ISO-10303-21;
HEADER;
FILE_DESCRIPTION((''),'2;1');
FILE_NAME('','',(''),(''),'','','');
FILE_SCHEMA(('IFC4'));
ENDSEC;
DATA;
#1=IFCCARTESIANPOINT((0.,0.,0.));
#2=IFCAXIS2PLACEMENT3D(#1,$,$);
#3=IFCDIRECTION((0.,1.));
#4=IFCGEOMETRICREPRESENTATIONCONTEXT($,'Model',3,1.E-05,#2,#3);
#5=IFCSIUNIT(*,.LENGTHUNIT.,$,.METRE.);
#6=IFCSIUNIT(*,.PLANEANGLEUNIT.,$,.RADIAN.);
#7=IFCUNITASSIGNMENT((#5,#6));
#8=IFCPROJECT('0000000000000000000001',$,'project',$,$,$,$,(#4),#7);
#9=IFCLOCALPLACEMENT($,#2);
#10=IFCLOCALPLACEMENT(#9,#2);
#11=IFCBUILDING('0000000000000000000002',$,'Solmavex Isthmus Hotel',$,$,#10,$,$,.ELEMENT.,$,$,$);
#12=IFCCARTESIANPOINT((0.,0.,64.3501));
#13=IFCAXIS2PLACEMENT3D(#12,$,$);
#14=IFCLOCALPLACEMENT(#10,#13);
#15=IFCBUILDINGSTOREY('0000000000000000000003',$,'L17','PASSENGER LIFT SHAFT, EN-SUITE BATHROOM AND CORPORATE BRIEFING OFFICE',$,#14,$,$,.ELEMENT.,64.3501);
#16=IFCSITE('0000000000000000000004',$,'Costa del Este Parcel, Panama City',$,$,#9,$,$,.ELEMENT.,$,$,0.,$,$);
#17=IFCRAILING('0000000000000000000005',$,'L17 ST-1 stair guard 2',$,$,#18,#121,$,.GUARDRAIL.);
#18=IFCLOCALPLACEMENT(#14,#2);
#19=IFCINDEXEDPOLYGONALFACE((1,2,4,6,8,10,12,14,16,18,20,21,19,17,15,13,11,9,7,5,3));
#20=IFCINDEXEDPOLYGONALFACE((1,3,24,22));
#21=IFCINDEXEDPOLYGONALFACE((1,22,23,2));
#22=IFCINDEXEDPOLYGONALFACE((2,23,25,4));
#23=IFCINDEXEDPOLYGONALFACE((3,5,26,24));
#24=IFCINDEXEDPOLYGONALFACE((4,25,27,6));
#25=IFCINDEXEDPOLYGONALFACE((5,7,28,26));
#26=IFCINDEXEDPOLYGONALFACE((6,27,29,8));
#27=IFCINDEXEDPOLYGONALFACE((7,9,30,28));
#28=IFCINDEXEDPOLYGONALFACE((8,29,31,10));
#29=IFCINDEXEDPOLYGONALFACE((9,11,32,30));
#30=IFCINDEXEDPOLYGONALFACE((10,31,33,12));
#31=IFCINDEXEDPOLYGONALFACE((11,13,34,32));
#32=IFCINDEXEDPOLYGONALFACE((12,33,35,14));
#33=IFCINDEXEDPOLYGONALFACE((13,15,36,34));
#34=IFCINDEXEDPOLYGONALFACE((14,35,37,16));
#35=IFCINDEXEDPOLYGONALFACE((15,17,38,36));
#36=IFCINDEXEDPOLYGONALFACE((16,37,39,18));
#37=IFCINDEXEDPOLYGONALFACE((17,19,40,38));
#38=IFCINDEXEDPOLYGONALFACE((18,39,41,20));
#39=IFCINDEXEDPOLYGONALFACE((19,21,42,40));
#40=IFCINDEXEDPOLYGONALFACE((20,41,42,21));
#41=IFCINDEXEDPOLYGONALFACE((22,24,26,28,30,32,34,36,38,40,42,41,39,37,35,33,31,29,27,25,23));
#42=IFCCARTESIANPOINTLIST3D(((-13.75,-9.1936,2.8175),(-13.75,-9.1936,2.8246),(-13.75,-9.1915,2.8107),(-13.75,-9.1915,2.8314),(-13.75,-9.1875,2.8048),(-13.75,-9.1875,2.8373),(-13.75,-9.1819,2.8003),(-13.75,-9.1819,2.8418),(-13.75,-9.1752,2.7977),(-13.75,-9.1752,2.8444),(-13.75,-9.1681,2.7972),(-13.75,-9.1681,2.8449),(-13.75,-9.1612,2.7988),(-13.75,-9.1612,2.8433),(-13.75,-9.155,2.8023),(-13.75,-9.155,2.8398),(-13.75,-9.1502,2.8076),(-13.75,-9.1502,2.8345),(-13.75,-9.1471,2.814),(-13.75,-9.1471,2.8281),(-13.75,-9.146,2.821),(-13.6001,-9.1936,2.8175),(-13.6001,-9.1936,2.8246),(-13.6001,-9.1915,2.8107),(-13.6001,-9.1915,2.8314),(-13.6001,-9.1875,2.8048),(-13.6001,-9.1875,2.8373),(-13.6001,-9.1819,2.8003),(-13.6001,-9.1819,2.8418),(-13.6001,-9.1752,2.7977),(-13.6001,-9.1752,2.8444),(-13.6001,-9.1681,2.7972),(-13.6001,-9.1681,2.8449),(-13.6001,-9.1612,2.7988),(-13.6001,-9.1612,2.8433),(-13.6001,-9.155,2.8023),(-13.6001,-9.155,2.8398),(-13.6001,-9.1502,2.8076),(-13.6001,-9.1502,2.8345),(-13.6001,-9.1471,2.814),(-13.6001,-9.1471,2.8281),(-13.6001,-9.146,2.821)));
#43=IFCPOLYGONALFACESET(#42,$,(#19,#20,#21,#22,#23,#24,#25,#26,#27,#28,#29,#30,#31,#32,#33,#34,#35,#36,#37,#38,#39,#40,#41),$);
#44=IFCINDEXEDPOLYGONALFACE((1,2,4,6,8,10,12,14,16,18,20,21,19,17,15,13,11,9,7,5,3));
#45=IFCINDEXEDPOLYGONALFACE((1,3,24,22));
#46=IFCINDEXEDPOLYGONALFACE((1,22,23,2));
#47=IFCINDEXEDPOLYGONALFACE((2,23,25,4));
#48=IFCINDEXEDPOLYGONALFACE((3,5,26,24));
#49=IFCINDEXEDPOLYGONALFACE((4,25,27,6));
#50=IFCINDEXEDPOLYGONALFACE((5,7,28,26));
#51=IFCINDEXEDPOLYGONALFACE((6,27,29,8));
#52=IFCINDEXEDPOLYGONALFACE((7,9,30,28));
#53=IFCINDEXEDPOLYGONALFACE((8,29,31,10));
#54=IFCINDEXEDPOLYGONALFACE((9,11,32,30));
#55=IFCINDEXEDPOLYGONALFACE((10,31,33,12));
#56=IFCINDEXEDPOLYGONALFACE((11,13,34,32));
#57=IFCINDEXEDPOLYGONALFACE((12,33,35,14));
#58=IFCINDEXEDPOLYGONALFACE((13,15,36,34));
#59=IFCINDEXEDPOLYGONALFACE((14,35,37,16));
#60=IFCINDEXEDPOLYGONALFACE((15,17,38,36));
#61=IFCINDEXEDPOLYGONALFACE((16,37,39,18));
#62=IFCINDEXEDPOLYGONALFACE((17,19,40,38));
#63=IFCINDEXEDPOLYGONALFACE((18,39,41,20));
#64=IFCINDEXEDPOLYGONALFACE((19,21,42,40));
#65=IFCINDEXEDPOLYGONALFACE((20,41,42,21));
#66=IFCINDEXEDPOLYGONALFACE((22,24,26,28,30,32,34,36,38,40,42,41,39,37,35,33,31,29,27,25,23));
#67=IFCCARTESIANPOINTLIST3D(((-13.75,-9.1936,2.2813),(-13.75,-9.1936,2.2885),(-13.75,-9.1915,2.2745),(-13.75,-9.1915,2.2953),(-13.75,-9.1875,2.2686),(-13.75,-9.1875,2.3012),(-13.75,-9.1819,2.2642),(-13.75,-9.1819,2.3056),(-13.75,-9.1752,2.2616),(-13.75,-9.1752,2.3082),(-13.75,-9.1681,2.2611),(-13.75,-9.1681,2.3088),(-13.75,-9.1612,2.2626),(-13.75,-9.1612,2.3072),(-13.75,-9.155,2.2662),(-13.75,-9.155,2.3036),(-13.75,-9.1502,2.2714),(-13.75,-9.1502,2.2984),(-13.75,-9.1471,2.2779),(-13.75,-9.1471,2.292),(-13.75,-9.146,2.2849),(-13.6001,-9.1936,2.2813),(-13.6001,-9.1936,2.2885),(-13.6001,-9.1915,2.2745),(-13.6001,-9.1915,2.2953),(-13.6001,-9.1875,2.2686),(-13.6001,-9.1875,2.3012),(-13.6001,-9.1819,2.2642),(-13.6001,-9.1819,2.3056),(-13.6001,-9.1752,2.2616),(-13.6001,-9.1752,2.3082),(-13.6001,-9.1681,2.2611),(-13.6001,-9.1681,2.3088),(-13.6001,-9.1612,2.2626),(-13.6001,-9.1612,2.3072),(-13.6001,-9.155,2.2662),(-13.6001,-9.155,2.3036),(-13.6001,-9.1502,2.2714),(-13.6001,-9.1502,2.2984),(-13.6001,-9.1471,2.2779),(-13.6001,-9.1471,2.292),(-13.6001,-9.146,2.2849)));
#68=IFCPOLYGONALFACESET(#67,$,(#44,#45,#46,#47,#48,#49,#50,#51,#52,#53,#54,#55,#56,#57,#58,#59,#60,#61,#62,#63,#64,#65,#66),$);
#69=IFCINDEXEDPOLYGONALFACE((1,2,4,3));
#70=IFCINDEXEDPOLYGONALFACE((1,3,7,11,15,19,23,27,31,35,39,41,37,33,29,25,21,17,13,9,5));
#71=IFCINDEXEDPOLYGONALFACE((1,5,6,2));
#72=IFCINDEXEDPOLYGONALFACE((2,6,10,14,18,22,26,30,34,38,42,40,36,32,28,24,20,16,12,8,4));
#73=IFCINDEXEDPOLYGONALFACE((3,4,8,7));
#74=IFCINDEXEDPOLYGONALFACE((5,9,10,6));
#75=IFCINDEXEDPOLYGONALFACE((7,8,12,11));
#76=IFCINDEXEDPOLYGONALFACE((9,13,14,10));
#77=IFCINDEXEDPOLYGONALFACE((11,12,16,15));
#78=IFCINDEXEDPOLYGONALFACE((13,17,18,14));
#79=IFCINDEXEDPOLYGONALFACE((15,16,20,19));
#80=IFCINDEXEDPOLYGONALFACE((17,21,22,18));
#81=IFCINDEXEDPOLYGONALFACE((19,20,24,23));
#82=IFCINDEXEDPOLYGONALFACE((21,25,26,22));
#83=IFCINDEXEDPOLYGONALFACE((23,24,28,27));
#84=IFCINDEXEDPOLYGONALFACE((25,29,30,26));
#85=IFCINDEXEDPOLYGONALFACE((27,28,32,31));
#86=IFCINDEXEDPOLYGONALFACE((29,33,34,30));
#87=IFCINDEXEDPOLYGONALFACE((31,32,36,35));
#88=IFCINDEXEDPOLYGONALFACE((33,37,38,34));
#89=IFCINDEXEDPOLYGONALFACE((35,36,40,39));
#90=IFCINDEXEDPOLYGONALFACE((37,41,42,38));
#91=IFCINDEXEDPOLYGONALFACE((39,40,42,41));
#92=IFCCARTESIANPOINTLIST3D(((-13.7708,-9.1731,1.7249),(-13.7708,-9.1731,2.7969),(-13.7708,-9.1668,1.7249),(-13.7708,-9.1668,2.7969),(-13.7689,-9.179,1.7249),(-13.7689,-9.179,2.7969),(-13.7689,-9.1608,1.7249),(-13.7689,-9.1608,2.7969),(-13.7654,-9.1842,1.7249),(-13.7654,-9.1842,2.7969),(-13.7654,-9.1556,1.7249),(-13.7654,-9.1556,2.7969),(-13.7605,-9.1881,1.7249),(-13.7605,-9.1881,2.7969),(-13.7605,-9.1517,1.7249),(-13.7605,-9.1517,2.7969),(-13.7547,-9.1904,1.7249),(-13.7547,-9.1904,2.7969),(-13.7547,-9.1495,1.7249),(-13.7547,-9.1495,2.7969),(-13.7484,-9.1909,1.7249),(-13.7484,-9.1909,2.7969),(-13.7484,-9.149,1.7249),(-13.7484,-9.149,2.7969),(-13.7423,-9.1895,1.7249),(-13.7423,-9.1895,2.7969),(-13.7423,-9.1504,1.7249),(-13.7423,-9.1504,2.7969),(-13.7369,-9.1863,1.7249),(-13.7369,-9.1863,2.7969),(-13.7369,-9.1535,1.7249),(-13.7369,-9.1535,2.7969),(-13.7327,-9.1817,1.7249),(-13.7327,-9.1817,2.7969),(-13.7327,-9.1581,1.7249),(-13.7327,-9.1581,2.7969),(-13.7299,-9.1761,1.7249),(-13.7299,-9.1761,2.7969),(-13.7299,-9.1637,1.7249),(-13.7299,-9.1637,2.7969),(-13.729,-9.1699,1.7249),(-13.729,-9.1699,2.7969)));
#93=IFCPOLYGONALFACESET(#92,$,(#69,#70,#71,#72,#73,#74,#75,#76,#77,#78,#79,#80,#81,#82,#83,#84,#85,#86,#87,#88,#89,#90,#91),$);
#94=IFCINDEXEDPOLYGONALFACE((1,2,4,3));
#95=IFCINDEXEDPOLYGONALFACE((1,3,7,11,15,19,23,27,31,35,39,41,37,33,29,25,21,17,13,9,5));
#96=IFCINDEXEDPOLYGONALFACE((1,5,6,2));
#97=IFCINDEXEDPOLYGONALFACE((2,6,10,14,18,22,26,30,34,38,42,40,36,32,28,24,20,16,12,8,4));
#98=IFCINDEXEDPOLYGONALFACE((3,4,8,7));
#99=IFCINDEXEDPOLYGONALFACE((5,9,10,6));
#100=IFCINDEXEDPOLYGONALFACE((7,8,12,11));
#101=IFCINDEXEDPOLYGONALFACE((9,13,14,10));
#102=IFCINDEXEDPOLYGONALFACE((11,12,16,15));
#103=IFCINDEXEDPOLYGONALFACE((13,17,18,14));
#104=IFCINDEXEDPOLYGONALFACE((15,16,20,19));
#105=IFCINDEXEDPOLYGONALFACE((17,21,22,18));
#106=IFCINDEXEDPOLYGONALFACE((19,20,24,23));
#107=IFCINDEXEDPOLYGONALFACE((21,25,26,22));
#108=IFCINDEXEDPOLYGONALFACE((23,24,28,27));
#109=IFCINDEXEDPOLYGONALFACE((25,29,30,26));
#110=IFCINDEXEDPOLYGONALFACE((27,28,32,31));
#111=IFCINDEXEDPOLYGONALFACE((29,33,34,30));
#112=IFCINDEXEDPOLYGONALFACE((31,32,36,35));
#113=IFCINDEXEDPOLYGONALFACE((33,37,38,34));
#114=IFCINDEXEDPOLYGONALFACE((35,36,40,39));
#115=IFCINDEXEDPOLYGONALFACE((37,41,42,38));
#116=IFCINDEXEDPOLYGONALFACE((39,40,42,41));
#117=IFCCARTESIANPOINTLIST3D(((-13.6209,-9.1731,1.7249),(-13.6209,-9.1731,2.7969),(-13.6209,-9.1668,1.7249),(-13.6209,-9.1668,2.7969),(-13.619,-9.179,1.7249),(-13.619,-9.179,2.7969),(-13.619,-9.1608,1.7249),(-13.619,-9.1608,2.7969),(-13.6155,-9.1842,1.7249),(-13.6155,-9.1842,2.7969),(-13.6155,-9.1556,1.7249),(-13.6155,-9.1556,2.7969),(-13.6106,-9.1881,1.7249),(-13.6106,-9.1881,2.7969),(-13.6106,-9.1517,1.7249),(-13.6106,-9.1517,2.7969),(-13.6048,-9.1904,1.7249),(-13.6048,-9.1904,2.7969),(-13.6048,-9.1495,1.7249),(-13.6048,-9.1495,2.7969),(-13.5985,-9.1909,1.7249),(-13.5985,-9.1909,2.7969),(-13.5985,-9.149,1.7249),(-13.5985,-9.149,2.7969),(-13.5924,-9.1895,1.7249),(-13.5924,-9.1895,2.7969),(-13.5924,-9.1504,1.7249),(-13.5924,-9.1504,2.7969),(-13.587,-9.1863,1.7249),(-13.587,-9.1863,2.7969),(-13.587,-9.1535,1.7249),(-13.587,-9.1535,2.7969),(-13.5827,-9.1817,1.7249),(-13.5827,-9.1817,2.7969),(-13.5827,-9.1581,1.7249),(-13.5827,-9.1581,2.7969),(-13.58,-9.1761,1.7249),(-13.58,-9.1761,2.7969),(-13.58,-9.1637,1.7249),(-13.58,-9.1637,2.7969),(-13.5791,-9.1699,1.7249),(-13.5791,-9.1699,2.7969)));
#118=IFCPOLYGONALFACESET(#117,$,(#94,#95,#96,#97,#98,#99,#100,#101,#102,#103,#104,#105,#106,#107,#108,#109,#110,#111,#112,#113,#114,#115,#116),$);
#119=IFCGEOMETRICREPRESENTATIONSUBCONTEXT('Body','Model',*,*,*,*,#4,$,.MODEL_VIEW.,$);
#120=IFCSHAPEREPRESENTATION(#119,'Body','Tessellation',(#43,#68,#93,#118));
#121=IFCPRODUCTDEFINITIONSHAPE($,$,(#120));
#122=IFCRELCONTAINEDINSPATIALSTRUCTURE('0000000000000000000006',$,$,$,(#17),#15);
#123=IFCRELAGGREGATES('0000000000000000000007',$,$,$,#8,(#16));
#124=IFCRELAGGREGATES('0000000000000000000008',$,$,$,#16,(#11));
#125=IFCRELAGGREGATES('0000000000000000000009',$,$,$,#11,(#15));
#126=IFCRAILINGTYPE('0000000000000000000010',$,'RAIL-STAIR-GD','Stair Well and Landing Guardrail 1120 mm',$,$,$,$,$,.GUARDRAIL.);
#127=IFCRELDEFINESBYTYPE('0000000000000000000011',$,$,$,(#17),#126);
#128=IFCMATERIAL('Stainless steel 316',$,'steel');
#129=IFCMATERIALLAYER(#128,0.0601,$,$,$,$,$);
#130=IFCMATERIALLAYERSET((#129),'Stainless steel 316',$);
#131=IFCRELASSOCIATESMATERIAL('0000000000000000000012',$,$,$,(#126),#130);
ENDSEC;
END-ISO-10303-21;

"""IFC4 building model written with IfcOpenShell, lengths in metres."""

from ifc_helpers import new_model, si_unit, direction, frame, origin, origin_2d, place, context, subcontext, project, spatial, circle, extrude, material, layer, layer_set, type_object, element, save


model = new_model("IFC4")

# Units and contexts
model_context = context("Model", 3, precision=1e-05, world=origin(), true_north=direction((0.0, 1.0)))
body_context = subcontext(model_context, "Body", "Model", "MODEL_VIEW")
ifc_project = project(units=[si_unit("LENGTHUNIT", "METRE"), si_unit("PLANEANGLEUNIT", "RADIAN")], contexts=[model_context])

# Site, building, storey
site_placement = place(None, origin())
site = spatial("IfcSite", under=ifc_project, at=site_placement, Name="Costa del Este Parcel, Panama City", CompositionType="ELEMENT", RefElevation=0.0)
building_placement = place(site_placement, origin())
building = spatial("IfcBuilding", under=site, at=building_placement, Name="Solmavex Isthmus Hotel", CompositionType="ELEMENT")
storey_placement = place(building_placement, frame((0.0, 0.0, 64.3501)))
storey = spatial("IfcBuildingStorey", under=building, at=storey_placement, Name="L17", Description="PASSENGER LIFT SHAFT, EN-SUITE BATHROOM AND CORPORATE BRIEFING OFFICE", CompositionType="ELEMENT", Elevation=64.3501)

# Shared definitions
ifc_material_1 = material(Name="Stainless steel 316", Category="steel")

# Railing
ifc_layer_1 = layer(ifc_material_1, 0.0601)
ifc_layer_set_1 = layer_set([ifc_layer_1], Name="Stainless steel 316")
railing_type_1 = type_object("IfcRailingType", Name="RAIL-STAIR-GD", Description="Stair Well and Landing Guardrail 1120 mm", PredefinedType="GUARDRAIL", material=ifc_layer_set_1)
railing_1_placement = place(storey_placement, frame((-13.75, -9.1699, 1.7249)))
element("IfcRailing", 1, at=railing_1_placement, inside=storey, type_object=railing_type_1, Name="L17 ST-1 stair guard 2", PredefinedType="GUARDRAIL", context=body_context, shape_type="SweptSolid", body=[
    extrude(circle(Radius=0.0239, at=origin_2d()), frame((0.0, 0.0, 1.0962), z_axis=(1.0, 0.0, 0.0), x_axis=(0.0, 1.0, 0.0)), (0.0, 0.0, 1.0), 0.1499),
    extrude(circle(Radius=0.0239, at=origin_2d()), frame((0.0, 0.0, 0.5601), z_axis=(1.0, 0.0, 0.0), x_axis=(0.0, 1.0, 0.0)), (0.0, 0.0, 1.0), 0.1499),
    extrude(circle(Radius=0.021, at=origin_2d()), origin(), (0.0, 0.0, 1.0), 1.072),
    extrude(circle(Radius=0.021, at=origin_2d()), frame((0.1499, 0.0, 0.0)), (0.0, 0.0, 1.0), 1.072),
])

save(model, "model.ifc")
